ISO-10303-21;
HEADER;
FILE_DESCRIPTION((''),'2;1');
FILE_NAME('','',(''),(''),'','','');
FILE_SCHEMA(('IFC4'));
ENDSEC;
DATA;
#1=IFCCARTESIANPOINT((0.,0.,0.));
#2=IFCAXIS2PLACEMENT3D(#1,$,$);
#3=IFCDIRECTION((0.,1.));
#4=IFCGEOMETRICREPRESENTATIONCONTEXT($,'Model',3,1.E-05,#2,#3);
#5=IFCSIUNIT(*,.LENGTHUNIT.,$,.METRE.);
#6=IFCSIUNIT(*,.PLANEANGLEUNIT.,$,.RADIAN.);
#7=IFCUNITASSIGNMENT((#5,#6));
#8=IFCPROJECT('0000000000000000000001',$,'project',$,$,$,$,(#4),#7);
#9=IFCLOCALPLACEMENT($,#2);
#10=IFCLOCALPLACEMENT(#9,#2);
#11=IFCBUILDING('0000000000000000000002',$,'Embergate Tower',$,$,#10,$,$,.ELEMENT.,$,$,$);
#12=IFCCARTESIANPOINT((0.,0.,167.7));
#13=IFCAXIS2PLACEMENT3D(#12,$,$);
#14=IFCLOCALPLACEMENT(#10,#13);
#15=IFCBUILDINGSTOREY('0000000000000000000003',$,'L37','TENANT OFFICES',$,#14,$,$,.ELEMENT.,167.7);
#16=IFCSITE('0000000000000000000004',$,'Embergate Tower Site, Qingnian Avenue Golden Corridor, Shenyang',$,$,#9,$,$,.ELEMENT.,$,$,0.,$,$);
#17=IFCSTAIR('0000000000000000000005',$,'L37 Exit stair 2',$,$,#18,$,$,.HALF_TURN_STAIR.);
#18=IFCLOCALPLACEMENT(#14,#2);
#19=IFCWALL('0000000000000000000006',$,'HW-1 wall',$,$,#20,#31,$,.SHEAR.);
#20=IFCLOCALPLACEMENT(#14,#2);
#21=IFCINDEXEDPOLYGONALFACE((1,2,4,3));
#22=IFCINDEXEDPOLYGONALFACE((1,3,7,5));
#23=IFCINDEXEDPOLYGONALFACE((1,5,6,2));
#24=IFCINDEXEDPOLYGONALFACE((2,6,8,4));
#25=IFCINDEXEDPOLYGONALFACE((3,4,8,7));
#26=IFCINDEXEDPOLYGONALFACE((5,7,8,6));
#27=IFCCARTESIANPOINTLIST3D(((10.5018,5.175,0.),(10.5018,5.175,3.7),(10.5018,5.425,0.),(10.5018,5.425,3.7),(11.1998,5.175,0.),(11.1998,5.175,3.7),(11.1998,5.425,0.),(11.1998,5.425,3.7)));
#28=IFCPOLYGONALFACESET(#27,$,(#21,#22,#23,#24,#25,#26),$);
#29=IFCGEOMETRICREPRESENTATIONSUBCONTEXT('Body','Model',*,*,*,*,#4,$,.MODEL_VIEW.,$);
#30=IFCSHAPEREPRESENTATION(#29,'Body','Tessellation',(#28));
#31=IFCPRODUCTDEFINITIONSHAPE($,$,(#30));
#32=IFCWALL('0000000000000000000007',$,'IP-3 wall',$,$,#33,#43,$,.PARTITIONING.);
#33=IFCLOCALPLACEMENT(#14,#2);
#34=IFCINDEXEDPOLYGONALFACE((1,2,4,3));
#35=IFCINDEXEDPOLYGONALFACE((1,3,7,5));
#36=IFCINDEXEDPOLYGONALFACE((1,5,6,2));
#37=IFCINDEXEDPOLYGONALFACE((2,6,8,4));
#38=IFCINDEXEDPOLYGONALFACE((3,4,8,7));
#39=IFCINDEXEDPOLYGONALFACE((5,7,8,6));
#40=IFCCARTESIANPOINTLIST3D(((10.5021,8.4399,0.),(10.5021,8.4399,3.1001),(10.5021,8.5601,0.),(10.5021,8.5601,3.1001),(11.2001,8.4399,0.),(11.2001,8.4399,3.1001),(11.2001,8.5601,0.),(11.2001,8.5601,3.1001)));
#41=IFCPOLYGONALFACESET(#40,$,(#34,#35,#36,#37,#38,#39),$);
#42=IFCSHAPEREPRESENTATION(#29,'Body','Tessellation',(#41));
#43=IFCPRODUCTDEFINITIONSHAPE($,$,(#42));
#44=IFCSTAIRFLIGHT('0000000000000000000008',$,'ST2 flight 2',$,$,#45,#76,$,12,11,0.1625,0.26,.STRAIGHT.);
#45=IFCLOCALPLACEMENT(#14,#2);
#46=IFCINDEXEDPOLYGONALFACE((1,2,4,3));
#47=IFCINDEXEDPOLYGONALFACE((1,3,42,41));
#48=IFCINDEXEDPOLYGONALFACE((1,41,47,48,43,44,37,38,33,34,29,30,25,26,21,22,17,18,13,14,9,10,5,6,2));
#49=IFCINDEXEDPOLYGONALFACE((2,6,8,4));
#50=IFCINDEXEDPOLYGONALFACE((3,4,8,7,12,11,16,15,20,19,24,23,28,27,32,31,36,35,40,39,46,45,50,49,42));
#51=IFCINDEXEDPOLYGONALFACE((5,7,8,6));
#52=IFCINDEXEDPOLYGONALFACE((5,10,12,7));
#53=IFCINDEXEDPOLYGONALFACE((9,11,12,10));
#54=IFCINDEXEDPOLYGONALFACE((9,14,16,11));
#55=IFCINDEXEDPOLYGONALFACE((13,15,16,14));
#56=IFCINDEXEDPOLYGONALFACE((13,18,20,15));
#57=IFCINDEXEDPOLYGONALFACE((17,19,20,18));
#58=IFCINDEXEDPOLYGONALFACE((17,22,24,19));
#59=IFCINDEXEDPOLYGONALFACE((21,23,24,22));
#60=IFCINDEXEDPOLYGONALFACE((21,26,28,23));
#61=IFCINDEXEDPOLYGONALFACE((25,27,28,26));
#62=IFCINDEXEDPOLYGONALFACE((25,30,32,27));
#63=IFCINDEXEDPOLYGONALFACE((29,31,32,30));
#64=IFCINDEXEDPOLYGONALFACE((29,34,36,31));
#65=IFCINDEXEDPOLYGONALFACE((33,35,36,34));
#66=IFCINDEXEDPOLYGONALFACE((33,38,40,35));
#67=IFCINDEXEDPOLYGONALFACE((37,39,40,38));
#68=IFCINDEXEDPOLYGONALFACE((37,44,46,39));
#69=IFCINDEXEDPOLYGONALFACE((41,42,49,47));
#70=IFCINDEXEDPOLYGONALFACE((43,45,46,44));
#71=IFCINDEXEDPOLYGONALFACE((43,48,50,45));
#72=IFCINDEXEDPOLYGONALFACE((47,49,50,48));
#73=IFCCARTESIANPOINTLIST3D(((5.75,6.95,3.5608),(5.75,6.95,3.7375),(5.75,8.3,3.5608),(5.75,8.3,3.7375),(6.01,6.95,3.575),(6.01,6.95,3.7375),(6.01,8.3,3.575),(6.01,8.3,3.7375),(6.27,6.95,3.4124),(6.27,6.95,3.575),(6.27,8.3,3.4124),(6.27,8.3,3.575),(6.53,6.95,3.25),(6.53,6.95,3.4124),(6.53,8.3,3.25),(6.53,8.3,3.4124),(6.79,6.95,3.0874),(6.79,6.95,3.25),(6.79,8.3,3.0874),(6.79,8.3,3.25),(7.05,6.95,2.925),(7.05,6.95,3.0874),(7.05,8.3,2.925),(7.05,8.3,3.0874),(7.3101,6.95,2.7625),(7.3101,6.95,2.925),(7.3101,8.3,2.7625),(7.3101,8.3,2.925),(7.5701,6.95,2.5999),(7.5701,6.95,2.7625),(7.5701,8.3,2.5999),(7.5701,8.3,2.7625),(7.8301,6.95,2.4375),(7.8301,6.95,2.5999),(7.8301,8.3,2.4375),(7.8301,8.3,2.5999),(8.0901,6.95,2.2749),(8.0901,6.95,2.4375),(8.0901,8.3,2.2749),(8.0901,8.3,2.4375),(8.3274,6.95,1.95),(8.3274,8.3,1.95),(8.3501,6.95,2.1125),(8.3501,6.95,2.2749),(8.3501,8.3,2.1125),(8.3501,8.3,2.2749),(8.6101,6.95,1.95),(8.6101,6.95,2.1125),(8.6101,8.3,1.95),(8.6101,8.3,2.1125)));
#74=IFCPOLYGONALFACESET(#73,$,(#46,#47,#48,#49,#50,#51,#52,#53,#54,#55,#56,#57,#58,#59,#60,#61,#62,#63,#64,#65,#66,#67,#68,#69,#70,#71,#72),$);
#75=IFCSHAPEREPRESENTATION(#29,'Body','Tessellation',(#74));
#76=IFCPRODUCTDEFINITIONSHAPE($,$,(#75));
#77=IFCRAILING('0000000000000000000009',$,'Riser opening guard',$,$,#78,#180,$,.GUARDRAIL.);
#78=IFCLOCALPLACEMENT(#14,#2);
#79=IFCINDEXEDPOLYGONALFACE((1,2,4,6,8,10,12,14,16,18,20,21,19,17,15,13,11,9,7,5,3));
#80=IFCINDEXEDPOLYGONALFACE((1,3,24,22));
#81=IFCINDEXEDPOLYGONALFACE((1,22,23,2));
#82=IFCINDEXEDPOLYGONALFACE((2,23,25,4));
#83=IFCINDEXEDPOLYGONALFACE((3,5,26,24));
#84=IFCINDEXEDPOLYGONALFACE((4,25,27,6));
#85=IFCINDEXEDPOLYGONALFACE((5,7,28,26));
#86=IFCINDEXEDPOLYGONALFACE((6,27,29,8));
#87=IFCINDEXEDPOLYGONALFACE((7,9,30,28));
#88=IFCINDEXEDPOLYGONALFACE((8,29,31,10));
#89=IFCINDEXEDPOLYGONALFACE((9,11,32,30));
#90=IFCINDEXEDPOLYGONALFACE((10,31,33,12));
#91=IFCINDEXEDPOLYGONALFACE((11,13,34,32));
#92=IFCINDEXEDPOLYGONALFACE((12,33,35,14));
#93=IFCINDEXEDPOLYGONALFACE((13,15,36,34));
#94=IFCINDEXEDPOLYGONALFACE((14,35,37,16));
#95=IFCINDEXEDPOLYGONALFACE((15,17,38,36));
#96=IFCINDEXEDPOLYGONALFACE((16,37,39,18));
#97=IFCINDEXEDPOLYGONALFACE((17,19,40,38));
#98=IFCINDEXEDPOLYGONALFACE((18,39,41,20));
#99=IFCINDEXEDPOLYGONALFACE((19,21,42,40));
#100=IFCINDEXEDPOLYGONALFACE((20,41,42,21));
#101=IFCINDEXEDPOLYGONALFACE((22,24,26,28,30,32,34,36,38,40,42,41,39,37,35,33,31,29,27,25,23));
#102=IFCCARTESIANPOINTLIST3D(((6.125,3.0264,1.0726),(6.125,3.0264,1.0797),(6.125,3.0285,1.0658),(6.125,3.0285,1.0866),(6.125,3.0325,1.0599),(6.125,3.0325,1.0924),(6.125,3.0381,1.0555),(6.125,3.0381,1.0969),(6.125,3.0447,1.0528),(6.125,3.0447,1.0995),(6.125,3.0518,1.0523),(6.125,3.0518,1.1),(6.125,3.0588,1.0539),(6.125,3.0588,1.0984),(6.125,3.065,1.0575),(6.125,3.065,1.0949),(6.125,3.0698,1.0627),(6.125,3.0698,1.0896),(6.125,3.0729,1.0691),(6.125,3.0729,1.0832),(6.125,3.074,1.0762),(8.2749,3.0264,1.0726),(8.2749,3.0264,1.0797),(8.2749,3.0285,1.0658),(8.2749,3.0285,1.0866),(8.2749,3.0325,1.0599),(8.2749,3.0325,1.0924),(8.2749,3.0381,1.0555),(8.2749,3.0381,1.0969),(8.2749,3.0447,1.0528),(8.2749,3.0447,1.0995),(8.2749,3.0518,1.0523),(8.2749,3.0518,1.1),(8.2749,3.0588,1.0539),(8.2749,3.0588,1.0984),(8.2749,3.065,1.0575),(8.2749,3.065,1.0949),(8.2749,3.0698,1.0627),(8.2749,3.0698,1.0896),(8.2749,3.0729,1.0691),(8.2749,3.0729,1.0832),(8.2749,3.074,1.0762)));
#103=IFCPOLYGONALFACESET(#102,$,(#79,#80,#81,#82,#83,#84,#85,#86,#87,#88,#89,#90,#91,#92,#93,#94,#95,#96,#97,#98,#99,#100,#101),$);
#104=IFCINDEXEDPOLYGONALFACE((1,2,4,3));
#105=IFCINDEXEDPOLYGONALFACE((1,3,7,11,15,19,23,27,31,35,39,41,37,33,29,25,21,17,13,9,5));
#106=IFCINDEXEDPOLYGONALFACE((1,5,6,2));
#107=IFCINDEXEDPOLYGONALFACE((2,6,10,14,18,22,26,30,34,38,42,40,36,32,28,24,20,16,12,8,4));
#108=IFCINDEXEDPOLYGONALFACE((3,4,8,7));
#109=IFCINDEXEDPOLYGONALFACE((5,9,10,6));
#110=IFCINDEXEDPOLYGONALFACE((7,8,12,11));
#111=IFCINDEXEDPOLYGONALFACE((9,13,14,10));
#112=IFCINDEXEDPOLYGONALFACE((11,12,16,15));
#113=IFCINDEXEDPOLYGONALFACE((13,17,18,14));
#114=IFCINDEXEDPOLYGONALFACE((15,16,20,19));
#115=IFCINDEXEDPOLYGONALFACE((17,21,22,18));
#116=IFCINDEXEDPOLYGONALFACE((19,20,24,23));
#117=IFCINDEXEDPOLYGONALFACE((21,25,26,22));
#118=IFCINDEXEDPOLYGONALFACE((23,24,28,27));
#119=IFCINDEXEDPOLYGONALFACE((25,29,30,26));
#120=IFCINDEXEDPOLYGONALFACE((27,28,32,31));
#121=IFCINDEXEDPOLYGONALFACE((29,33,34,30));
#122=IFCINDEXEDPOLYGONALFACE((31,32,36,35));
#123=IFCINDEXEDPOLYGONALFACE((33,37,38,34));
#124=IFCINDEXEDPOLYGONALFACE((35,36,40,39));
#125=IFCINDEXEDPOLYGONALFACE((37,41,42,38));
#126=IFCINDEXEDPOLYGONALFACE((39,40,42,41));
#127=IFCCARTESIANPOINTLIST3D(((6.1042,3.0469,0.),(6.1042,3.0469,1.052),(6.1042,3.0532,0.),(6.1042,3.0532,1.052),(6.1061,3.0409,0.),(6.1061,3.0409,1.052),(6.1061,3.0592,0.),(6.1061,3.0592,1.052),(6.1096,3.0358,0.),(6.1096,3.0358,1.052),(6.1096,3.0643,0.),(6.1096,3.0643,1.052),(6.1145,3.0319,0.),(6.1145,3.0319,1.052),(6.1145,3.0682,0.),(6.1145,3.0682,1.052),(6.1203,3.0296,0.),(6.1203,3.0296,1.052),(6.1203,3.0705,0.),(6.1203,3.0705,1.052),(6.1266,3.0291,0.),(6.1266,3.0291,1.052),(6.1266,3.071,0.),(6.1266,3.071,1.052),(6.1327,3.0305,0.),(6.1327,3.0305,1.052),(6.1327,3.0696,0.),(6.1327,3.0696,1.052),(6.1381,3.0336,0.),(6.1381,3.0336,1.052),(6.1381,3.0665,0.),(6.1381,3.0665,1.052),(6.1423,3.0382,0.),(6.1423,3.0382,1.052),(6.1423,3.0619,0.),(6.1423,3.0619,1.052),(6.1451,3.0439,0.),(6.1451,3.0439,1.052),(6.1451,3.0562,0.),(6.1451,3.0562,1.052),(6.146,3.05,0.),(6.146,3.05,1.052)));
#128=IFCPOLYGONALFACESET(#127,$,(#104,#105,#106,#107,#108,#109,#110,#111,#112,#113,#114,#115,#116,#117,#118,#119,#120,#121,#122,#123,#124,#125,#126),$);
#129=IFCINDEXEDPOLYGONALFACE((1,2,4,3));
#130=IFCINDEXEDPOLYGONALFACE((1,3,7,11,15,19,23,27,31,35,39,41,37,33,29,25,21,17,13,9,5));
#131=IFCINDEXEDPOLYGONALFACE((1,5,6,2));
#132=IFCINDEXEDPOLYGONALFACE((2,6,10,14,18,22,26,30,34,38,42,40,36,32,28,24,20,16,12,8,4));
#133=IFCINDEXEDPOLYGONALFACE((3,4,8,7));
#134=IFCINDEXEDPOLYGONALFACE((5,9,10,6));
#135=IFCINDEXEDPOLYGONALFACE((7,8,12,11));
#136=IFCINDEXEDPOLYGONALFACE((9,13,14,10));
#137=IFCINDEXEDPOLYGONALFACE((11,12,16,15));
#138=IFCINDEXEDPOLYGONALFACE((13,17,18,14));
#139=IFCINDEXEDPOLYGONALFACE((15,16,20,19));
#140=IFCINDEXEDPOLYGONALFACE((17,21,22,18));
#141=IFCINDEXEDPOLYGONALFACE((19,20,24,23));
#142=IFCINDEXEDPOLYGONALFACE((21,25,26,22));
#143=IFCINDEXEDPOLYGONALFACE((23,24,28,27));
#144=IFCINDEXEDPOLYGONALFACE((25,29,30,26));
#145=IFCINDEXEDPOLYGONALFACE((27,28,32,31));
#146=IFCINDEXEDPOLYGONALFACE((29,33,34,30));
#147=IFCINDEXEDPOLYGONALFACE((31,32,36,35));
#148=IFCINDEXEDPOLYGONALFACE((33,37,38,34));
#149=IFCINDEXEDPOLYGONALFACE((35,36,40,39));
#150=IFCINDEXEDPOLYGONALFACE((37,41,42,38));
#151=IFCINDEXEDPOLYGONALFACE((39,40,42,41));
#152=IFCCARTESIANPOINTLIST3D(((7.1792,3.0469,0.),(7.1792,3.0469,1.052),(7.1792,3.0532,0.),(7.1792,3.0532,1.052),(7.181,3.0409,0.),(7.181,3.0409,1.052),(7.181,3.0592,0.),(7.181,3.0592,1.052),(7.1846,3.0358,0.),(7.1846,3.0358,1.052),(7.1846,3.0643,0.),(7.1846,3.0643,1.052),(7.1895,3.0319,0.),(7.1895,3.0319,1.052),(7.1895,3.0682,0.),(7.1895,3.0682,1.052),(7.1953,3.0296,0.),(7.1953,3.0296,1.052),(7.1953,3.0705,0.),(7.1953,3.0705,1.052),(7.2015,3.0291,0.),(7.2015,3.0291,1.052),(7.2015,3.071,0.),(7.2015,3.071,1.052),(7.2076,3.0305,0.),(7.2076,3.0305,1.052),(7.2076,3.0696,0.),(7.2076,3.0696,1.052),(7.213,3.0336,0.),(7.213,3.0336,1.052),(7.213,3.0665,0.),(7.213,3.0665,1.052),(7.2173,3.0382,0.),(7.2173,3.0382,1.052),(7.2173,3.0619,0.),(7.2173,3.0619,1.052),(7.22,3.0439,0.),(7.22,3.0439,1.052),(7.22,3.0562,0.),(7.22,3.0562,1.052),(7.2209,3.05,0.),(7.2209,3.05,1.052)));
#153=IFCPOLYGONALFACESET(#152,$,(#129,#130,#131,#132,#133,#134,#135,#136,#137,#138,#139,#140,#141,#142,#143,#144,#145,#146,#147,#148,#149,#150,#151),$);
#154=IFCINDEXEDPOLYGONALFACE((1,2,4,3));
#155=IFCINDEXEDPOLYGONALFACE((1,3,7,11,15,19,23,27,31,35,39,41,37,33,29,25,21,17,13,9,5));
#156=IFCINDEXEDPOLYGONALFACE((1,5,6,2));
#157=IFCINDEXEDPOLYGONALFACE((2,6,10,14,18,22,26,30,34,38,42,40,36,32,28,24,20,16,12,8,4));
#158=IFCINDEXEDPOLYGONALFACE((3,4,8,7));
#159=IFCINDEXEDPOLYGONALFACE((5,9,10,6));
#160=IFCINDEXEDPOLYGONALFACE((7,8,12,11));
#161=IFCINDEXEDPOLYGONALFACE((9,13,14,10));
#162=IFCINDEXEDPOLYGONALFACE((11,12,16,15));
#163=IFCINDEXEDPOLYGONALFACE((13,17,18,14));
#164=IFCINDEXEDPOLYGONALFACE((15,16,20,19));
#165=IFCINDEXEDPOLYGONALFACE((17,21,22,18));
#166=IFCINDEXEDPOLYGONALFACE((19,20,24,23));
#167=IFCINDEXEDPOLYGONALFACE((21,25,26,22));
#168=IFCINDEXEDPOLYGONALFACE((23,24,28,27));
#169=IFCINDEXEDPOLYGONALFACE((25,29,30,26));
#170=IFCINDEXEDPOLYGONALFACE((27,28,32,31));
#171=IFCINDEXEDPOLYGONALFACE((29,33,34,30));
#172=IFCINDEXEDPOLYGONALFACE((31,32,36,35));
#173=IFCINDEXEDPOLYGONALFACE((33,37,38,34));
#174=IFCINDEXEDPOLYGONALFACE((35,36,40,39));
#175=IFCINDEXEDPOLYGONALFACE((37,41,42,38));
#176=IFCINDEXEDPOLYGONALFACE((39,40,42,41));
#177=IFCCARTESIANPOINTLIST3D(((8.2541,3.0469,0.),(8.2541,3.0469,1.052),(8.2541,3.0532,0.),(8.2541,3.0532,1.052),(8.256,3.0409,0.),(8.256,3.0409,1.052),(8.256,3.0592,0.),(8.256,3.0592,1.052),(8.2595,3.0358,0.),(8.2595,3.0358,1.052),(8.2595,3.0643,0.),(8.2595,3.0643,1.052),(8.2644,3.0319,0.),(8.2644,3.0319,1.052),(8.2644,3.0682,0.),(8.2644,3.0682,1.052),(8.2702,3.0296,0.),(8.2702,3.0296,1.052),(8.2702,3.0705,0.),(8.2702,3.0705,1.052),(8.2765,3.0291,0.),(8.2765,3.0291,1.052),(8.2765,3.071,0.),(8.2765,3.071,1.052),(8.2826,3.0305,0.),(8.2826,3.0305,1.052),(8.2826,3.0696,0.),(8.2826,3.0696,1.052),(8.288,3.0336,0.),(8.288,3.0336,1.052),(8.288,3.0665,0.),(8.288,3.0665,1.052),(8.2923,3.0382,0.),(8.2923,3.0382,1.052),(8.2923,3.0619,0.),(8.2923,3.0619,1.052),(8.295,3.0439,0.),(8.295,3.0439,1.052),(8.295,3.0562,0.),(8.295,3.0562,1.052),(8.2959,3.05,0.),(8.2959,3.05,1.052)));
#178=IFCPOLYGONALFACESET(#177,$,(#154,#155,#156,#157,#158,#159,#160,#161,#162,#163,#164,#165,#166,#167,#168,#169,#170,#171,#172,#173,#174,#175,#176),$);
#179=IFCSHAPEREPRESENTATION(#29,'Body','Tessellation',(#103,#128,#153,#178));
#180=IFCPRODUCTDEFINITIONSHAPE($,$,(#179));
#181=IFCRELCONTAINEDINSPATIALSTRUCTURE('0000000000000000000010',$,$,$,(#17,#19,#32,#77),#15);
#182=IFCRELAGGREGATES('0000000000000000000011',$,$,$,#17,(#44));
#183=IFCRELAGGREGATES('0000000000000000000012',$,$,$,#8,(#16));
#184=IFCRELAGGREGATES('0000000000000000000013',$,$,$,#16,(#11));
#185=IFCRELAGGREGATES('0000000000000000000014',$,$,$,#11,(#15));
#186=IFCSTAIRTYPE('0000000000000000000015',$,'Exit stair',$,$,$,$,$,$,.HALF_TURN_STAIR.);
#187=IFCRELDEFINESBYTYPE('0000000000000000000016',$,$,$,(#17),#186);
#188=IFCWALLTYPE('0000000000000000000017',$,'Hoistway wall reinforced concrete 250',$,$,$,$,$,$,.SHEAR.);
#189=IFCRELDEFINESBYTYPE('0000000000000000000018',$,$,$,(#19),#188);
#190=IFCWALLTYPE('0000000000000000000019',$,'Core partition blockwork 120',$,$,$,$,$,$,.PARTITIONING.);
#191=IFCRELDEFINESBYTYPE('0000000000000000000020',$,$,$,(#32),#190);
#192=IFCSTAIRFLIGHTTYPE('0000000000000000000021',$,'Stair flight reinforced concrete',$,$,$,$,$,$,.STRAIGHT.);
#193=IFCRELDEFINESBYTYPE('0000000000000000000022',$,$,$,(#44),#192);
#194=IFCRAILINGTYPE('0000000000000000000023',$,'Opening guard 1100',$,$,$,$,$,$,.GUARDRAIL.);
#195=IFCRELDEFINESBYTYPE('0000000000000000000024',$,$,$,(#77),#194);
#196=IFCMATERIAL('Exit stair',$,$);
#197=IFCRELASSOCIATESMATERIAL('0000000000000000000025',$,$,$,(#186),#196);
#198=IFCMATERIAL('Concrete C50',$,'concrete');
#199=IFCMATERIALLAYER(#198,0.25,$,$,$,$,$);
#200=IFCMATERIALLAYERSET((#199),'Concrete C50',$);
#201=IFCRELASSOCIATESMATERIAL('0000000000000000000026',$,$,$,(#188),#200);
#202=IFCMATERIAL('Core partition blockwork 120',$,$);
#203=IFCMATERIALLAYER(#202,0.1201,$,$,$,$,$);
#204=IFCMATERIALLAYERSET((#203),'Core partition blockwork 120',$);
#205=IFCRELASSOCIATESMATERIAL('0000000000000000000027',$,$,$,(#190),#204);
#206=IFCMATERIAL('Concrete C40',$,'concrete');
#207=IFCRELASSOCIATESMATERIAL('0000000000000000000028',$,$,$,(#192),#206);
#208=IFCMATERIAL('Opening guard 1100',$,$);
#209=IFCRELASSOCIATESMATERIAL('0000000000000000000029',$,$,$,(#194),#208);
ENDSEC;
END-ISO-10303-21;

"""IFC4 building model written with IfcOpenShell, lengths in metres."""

from ifc_helpers import new_model, si_unit, direction, frame, frame_2d, origin, origin_2d, place, context, subcontext, project, spatial, polyline, rectangle, circle, outline, extrude, source, transform, mapped, material, layer, layer_set, type_object, element, aggregate, save


model = new_model("IFC4")

# Units and contexts
model_context = context("Model", 3, precision=1e-05, world=origin(), true_north=direction((0.0, 1.0)))
body_context = subcontext(model_context, "Body", "Model", "MODEL_VIEW")
ifc_project = project(units=[si_unit("LENGTHUNIT", "METRE"), si_unit("PLANEANGLEUNIT", "RADIAN")], contexts=[model_context])

# Site, building, storey
site_placement = place(None, origin())
site = spatial("IfcSite", under=ifc_project, at=site_placement, Name="Embergate Tower Site, Qingnian Avenue Golden Corridor, Shenyang", CompositionType="ELEMENT", RefElevation=0.0)
building_placement = place(site_placement, origin())
building = spatial("IfcBuilding", under=site, at=building_placement, Name="Embergate Tower", CompositionType="ELEMENT")
storey_placement = place(building_placement, frame((0.0, 0.0, 167.7)))
storey = spatial("IfcBuildingStorey", under=building, at=storey_placement, Name="L37", Description="TENANT OFFICES", CompositionType="ELEMENT", Elevation=167.7)

# Stair
ifc_material_1 = material(Name="Exit stair")
stair_type = type_object("IfcStairType", Name="Exit stair", PredefinedType="HALF_TURN_STAIR", material=ifc_material_1)
stair_placement = place(storey_placement, origin())
stair = element("IfcStair", 1, at=stair_placement, inside=storey, type_object=stair_type, Name="L37 Exit stair 2", PredefinedType="HALF_TURN_STAIR")
ifc_material_2 = material(Name="Concrete C40", Category="concrete")

# Shared definitions
ifc_material_3 = material(Name="Concrete C50", Category="concrete")
ifc_layer_1 = layer(ifc_material_3, 0.25)
ifc_layer_set_1 = layer_set([ifc_layer_1], Name="Concrete C50")
wall_type_1 = type_object("IfcWallType", Name="Hoistway wall reinforced concrete 250", PredefinedType="SHEAR", material=ifc_layer_set_1)

# Walls
shared_shape_1 = source(origin(), body_context, "Body", "SweptSolid", [
    extrude(rectangle(XDim=0.698, YDim=0.25, at=frame_2d((0.3491, 0.0))), origin(), (0.0, 0.0, 1.0), 3.7),
])
wall_1_placement = place(storey_placement, frame((11.2, 5.3, 0.0), z_axis=(0.0, 0.0, 1.0), x_axis=(-1.0, 0.0, 0.0)))
element("IfcWall", 2, at=wall_1_placement, inside=storey, type_object=wall_type_1, Name="HW-1 wall", PredefinedType="SHEAR", context=body_context, shape_type="MappedRepresentation", body=[
    mapped(shared_shape_1, transform((0.0, 0.0, 0.0))),
])
ifc_material_4 = material(Name="Core partition blockwork 120")
ifc_layer_2 = layer(ifc_material_4, 0.1201)
ifc_layer_set_2 = layer_set([ifc_layer_2], Name="Core partition blockwork 120")
wall_type_2 = type_object("IfcWallType", Name="Core partition blockwork 120", PredefinedType="PARTITIONING", material=ifc_layer_set_2)
shared_shape_2 = source(origin(), body_context, "Body", "SweptSolid", [
    extrude(rectangle(XDim=0.698, YDim=0.1201, at=frame_2d((0.3491, 0.0))), origin(), (0.0, 0.0, 1.0), 3.1001),
])
wall_2_placement = place(storey_placement, frame((10.502, 8.5, 0.0), z_axis=(0.0, 0.0, 1.0), x_axis=(1.0, 0.0, 0.0)))
element("IfcWall", 3, at=wall_2_placement, inside=storey, type_object=wall_type_2, Name="IP-3 wall", PredefinedType="PARTITIONING", context=body_context, shape_type="MappedRepresentation", body=[
    mapped(shared_shape_2, transform((0.0, 0.0, 0.0))),
])

# Stair flight
stair_flight_type = type_object("IfcStairFlightType", Name="Stair flight reinforced concrete", PredefinedType="STRAIGHT", material=ifc_material_2)
shared_shape_3 = source(origin(), body_context, "Body", "SweptSolid", [
    extrude(outline(polyline([(0.0, 0.0), (0.0, 0.1626), (0.26, 0.1626), (0.26, 0.325), (0.52, 0.325), (0.52, 0.4875), (0.78, 0.4875), (0.78, 0.6499), (1.04, 0.6499), (1.04, 0.8125), (1.3, 0.8125), (1.3, 0.9751), (1.5601, 0.9751), (1.5601, 1.1375), (1.8201, 1.1375), (1.8201, 1.3), (2.0801, 1.3), (2.0801, 1.4624), (2.3401, 1.4624), (2.3401, 1.625), (2.6001, 1.625), (2.6001, 1.7876), (2.8601, 1.7876), (2.8601, 1.95), (2.8601, 1.6108), (0.2827, 0.0), (0.0, 0.0)])), frame((0.0, 0.675, 0.0), z_axis=(0.0, -1.0, 0.0), x_axis=(1.0, 0.0, 0.0)), (0.0, 0.0, 1.0), 1.3501),
])
stair_flight_placement = place(storey_placement, frame((8.6101, 7.625, 1.95), z_axis=(0.0, 0.0, 1.0), x_axis=(-1.0, 0.0, 0.0)))
stair_flight = element("IfcStairFlight", 4, at=stair_flight_placement, type_object=stair_flight_type, Name="ST2 flight 2", NumberOfRisers=12, NumberOfTreads=11, PredefinedType="STRAIGHT", RiserHeight=0.1625, TreadLength=0.26, context=body_context, shape_type="MappedRepresentation", body=[
    mapped(shared_shape_3, transform((0.0, 0.0, 0.0))),
])
aggregate(stair, [stair_flight])

# Railing
ifc_material_5 = material(Name="Opening guard 1100")
railing_type = type_object("IfcRailingType", Name="Opening guard 1100", PredefinedType="GUARDRAIL", material=ifc_material_5)
shared_shape_4 = source(origin(), body_context, "Body", "SweptSolid", [
    extrude(circle(Radius=0.0239, at=origin_2d()), frame((0.0, 0.0, 1.0762), z_axis=(1.0, 0.0, 0.0), x_axis=(0.0, 1.0, 0.0)), (0.0, 0.0, 1.0), 2.1499),
    extrude(circle(Radius=0.021, at=origin_2d()), origin(), (0.0, 0.0, 1.0), 1.052),
    extrude(circle(Radius=0.021, at=origin_2d()), frame((1.075, 0.0, 0.0)), (0.0, 0.0, 1.0), 1.052),
    extrude(circle(Radius=0.021, at=origin_2d()), frame((2.1499, 0.0, 0.0)), (0.0, 0.0, 1.0), 1.052),
])
railing_placement = place(storey_placement, frame((6.125, 3.05, 0.0)))
element("IfcRailing", 5, at=railing_placement, inside=storey, type_object=railing_type, Name="Riser opening guard", PredefinedType="GUARDRAIL", context=body_context, shape_type="MappedRepresentation", body=[
    mapped(shared_shape_4, transform((0.0, 0.0, 0.0))),
])

save(model, "model.ifc")
